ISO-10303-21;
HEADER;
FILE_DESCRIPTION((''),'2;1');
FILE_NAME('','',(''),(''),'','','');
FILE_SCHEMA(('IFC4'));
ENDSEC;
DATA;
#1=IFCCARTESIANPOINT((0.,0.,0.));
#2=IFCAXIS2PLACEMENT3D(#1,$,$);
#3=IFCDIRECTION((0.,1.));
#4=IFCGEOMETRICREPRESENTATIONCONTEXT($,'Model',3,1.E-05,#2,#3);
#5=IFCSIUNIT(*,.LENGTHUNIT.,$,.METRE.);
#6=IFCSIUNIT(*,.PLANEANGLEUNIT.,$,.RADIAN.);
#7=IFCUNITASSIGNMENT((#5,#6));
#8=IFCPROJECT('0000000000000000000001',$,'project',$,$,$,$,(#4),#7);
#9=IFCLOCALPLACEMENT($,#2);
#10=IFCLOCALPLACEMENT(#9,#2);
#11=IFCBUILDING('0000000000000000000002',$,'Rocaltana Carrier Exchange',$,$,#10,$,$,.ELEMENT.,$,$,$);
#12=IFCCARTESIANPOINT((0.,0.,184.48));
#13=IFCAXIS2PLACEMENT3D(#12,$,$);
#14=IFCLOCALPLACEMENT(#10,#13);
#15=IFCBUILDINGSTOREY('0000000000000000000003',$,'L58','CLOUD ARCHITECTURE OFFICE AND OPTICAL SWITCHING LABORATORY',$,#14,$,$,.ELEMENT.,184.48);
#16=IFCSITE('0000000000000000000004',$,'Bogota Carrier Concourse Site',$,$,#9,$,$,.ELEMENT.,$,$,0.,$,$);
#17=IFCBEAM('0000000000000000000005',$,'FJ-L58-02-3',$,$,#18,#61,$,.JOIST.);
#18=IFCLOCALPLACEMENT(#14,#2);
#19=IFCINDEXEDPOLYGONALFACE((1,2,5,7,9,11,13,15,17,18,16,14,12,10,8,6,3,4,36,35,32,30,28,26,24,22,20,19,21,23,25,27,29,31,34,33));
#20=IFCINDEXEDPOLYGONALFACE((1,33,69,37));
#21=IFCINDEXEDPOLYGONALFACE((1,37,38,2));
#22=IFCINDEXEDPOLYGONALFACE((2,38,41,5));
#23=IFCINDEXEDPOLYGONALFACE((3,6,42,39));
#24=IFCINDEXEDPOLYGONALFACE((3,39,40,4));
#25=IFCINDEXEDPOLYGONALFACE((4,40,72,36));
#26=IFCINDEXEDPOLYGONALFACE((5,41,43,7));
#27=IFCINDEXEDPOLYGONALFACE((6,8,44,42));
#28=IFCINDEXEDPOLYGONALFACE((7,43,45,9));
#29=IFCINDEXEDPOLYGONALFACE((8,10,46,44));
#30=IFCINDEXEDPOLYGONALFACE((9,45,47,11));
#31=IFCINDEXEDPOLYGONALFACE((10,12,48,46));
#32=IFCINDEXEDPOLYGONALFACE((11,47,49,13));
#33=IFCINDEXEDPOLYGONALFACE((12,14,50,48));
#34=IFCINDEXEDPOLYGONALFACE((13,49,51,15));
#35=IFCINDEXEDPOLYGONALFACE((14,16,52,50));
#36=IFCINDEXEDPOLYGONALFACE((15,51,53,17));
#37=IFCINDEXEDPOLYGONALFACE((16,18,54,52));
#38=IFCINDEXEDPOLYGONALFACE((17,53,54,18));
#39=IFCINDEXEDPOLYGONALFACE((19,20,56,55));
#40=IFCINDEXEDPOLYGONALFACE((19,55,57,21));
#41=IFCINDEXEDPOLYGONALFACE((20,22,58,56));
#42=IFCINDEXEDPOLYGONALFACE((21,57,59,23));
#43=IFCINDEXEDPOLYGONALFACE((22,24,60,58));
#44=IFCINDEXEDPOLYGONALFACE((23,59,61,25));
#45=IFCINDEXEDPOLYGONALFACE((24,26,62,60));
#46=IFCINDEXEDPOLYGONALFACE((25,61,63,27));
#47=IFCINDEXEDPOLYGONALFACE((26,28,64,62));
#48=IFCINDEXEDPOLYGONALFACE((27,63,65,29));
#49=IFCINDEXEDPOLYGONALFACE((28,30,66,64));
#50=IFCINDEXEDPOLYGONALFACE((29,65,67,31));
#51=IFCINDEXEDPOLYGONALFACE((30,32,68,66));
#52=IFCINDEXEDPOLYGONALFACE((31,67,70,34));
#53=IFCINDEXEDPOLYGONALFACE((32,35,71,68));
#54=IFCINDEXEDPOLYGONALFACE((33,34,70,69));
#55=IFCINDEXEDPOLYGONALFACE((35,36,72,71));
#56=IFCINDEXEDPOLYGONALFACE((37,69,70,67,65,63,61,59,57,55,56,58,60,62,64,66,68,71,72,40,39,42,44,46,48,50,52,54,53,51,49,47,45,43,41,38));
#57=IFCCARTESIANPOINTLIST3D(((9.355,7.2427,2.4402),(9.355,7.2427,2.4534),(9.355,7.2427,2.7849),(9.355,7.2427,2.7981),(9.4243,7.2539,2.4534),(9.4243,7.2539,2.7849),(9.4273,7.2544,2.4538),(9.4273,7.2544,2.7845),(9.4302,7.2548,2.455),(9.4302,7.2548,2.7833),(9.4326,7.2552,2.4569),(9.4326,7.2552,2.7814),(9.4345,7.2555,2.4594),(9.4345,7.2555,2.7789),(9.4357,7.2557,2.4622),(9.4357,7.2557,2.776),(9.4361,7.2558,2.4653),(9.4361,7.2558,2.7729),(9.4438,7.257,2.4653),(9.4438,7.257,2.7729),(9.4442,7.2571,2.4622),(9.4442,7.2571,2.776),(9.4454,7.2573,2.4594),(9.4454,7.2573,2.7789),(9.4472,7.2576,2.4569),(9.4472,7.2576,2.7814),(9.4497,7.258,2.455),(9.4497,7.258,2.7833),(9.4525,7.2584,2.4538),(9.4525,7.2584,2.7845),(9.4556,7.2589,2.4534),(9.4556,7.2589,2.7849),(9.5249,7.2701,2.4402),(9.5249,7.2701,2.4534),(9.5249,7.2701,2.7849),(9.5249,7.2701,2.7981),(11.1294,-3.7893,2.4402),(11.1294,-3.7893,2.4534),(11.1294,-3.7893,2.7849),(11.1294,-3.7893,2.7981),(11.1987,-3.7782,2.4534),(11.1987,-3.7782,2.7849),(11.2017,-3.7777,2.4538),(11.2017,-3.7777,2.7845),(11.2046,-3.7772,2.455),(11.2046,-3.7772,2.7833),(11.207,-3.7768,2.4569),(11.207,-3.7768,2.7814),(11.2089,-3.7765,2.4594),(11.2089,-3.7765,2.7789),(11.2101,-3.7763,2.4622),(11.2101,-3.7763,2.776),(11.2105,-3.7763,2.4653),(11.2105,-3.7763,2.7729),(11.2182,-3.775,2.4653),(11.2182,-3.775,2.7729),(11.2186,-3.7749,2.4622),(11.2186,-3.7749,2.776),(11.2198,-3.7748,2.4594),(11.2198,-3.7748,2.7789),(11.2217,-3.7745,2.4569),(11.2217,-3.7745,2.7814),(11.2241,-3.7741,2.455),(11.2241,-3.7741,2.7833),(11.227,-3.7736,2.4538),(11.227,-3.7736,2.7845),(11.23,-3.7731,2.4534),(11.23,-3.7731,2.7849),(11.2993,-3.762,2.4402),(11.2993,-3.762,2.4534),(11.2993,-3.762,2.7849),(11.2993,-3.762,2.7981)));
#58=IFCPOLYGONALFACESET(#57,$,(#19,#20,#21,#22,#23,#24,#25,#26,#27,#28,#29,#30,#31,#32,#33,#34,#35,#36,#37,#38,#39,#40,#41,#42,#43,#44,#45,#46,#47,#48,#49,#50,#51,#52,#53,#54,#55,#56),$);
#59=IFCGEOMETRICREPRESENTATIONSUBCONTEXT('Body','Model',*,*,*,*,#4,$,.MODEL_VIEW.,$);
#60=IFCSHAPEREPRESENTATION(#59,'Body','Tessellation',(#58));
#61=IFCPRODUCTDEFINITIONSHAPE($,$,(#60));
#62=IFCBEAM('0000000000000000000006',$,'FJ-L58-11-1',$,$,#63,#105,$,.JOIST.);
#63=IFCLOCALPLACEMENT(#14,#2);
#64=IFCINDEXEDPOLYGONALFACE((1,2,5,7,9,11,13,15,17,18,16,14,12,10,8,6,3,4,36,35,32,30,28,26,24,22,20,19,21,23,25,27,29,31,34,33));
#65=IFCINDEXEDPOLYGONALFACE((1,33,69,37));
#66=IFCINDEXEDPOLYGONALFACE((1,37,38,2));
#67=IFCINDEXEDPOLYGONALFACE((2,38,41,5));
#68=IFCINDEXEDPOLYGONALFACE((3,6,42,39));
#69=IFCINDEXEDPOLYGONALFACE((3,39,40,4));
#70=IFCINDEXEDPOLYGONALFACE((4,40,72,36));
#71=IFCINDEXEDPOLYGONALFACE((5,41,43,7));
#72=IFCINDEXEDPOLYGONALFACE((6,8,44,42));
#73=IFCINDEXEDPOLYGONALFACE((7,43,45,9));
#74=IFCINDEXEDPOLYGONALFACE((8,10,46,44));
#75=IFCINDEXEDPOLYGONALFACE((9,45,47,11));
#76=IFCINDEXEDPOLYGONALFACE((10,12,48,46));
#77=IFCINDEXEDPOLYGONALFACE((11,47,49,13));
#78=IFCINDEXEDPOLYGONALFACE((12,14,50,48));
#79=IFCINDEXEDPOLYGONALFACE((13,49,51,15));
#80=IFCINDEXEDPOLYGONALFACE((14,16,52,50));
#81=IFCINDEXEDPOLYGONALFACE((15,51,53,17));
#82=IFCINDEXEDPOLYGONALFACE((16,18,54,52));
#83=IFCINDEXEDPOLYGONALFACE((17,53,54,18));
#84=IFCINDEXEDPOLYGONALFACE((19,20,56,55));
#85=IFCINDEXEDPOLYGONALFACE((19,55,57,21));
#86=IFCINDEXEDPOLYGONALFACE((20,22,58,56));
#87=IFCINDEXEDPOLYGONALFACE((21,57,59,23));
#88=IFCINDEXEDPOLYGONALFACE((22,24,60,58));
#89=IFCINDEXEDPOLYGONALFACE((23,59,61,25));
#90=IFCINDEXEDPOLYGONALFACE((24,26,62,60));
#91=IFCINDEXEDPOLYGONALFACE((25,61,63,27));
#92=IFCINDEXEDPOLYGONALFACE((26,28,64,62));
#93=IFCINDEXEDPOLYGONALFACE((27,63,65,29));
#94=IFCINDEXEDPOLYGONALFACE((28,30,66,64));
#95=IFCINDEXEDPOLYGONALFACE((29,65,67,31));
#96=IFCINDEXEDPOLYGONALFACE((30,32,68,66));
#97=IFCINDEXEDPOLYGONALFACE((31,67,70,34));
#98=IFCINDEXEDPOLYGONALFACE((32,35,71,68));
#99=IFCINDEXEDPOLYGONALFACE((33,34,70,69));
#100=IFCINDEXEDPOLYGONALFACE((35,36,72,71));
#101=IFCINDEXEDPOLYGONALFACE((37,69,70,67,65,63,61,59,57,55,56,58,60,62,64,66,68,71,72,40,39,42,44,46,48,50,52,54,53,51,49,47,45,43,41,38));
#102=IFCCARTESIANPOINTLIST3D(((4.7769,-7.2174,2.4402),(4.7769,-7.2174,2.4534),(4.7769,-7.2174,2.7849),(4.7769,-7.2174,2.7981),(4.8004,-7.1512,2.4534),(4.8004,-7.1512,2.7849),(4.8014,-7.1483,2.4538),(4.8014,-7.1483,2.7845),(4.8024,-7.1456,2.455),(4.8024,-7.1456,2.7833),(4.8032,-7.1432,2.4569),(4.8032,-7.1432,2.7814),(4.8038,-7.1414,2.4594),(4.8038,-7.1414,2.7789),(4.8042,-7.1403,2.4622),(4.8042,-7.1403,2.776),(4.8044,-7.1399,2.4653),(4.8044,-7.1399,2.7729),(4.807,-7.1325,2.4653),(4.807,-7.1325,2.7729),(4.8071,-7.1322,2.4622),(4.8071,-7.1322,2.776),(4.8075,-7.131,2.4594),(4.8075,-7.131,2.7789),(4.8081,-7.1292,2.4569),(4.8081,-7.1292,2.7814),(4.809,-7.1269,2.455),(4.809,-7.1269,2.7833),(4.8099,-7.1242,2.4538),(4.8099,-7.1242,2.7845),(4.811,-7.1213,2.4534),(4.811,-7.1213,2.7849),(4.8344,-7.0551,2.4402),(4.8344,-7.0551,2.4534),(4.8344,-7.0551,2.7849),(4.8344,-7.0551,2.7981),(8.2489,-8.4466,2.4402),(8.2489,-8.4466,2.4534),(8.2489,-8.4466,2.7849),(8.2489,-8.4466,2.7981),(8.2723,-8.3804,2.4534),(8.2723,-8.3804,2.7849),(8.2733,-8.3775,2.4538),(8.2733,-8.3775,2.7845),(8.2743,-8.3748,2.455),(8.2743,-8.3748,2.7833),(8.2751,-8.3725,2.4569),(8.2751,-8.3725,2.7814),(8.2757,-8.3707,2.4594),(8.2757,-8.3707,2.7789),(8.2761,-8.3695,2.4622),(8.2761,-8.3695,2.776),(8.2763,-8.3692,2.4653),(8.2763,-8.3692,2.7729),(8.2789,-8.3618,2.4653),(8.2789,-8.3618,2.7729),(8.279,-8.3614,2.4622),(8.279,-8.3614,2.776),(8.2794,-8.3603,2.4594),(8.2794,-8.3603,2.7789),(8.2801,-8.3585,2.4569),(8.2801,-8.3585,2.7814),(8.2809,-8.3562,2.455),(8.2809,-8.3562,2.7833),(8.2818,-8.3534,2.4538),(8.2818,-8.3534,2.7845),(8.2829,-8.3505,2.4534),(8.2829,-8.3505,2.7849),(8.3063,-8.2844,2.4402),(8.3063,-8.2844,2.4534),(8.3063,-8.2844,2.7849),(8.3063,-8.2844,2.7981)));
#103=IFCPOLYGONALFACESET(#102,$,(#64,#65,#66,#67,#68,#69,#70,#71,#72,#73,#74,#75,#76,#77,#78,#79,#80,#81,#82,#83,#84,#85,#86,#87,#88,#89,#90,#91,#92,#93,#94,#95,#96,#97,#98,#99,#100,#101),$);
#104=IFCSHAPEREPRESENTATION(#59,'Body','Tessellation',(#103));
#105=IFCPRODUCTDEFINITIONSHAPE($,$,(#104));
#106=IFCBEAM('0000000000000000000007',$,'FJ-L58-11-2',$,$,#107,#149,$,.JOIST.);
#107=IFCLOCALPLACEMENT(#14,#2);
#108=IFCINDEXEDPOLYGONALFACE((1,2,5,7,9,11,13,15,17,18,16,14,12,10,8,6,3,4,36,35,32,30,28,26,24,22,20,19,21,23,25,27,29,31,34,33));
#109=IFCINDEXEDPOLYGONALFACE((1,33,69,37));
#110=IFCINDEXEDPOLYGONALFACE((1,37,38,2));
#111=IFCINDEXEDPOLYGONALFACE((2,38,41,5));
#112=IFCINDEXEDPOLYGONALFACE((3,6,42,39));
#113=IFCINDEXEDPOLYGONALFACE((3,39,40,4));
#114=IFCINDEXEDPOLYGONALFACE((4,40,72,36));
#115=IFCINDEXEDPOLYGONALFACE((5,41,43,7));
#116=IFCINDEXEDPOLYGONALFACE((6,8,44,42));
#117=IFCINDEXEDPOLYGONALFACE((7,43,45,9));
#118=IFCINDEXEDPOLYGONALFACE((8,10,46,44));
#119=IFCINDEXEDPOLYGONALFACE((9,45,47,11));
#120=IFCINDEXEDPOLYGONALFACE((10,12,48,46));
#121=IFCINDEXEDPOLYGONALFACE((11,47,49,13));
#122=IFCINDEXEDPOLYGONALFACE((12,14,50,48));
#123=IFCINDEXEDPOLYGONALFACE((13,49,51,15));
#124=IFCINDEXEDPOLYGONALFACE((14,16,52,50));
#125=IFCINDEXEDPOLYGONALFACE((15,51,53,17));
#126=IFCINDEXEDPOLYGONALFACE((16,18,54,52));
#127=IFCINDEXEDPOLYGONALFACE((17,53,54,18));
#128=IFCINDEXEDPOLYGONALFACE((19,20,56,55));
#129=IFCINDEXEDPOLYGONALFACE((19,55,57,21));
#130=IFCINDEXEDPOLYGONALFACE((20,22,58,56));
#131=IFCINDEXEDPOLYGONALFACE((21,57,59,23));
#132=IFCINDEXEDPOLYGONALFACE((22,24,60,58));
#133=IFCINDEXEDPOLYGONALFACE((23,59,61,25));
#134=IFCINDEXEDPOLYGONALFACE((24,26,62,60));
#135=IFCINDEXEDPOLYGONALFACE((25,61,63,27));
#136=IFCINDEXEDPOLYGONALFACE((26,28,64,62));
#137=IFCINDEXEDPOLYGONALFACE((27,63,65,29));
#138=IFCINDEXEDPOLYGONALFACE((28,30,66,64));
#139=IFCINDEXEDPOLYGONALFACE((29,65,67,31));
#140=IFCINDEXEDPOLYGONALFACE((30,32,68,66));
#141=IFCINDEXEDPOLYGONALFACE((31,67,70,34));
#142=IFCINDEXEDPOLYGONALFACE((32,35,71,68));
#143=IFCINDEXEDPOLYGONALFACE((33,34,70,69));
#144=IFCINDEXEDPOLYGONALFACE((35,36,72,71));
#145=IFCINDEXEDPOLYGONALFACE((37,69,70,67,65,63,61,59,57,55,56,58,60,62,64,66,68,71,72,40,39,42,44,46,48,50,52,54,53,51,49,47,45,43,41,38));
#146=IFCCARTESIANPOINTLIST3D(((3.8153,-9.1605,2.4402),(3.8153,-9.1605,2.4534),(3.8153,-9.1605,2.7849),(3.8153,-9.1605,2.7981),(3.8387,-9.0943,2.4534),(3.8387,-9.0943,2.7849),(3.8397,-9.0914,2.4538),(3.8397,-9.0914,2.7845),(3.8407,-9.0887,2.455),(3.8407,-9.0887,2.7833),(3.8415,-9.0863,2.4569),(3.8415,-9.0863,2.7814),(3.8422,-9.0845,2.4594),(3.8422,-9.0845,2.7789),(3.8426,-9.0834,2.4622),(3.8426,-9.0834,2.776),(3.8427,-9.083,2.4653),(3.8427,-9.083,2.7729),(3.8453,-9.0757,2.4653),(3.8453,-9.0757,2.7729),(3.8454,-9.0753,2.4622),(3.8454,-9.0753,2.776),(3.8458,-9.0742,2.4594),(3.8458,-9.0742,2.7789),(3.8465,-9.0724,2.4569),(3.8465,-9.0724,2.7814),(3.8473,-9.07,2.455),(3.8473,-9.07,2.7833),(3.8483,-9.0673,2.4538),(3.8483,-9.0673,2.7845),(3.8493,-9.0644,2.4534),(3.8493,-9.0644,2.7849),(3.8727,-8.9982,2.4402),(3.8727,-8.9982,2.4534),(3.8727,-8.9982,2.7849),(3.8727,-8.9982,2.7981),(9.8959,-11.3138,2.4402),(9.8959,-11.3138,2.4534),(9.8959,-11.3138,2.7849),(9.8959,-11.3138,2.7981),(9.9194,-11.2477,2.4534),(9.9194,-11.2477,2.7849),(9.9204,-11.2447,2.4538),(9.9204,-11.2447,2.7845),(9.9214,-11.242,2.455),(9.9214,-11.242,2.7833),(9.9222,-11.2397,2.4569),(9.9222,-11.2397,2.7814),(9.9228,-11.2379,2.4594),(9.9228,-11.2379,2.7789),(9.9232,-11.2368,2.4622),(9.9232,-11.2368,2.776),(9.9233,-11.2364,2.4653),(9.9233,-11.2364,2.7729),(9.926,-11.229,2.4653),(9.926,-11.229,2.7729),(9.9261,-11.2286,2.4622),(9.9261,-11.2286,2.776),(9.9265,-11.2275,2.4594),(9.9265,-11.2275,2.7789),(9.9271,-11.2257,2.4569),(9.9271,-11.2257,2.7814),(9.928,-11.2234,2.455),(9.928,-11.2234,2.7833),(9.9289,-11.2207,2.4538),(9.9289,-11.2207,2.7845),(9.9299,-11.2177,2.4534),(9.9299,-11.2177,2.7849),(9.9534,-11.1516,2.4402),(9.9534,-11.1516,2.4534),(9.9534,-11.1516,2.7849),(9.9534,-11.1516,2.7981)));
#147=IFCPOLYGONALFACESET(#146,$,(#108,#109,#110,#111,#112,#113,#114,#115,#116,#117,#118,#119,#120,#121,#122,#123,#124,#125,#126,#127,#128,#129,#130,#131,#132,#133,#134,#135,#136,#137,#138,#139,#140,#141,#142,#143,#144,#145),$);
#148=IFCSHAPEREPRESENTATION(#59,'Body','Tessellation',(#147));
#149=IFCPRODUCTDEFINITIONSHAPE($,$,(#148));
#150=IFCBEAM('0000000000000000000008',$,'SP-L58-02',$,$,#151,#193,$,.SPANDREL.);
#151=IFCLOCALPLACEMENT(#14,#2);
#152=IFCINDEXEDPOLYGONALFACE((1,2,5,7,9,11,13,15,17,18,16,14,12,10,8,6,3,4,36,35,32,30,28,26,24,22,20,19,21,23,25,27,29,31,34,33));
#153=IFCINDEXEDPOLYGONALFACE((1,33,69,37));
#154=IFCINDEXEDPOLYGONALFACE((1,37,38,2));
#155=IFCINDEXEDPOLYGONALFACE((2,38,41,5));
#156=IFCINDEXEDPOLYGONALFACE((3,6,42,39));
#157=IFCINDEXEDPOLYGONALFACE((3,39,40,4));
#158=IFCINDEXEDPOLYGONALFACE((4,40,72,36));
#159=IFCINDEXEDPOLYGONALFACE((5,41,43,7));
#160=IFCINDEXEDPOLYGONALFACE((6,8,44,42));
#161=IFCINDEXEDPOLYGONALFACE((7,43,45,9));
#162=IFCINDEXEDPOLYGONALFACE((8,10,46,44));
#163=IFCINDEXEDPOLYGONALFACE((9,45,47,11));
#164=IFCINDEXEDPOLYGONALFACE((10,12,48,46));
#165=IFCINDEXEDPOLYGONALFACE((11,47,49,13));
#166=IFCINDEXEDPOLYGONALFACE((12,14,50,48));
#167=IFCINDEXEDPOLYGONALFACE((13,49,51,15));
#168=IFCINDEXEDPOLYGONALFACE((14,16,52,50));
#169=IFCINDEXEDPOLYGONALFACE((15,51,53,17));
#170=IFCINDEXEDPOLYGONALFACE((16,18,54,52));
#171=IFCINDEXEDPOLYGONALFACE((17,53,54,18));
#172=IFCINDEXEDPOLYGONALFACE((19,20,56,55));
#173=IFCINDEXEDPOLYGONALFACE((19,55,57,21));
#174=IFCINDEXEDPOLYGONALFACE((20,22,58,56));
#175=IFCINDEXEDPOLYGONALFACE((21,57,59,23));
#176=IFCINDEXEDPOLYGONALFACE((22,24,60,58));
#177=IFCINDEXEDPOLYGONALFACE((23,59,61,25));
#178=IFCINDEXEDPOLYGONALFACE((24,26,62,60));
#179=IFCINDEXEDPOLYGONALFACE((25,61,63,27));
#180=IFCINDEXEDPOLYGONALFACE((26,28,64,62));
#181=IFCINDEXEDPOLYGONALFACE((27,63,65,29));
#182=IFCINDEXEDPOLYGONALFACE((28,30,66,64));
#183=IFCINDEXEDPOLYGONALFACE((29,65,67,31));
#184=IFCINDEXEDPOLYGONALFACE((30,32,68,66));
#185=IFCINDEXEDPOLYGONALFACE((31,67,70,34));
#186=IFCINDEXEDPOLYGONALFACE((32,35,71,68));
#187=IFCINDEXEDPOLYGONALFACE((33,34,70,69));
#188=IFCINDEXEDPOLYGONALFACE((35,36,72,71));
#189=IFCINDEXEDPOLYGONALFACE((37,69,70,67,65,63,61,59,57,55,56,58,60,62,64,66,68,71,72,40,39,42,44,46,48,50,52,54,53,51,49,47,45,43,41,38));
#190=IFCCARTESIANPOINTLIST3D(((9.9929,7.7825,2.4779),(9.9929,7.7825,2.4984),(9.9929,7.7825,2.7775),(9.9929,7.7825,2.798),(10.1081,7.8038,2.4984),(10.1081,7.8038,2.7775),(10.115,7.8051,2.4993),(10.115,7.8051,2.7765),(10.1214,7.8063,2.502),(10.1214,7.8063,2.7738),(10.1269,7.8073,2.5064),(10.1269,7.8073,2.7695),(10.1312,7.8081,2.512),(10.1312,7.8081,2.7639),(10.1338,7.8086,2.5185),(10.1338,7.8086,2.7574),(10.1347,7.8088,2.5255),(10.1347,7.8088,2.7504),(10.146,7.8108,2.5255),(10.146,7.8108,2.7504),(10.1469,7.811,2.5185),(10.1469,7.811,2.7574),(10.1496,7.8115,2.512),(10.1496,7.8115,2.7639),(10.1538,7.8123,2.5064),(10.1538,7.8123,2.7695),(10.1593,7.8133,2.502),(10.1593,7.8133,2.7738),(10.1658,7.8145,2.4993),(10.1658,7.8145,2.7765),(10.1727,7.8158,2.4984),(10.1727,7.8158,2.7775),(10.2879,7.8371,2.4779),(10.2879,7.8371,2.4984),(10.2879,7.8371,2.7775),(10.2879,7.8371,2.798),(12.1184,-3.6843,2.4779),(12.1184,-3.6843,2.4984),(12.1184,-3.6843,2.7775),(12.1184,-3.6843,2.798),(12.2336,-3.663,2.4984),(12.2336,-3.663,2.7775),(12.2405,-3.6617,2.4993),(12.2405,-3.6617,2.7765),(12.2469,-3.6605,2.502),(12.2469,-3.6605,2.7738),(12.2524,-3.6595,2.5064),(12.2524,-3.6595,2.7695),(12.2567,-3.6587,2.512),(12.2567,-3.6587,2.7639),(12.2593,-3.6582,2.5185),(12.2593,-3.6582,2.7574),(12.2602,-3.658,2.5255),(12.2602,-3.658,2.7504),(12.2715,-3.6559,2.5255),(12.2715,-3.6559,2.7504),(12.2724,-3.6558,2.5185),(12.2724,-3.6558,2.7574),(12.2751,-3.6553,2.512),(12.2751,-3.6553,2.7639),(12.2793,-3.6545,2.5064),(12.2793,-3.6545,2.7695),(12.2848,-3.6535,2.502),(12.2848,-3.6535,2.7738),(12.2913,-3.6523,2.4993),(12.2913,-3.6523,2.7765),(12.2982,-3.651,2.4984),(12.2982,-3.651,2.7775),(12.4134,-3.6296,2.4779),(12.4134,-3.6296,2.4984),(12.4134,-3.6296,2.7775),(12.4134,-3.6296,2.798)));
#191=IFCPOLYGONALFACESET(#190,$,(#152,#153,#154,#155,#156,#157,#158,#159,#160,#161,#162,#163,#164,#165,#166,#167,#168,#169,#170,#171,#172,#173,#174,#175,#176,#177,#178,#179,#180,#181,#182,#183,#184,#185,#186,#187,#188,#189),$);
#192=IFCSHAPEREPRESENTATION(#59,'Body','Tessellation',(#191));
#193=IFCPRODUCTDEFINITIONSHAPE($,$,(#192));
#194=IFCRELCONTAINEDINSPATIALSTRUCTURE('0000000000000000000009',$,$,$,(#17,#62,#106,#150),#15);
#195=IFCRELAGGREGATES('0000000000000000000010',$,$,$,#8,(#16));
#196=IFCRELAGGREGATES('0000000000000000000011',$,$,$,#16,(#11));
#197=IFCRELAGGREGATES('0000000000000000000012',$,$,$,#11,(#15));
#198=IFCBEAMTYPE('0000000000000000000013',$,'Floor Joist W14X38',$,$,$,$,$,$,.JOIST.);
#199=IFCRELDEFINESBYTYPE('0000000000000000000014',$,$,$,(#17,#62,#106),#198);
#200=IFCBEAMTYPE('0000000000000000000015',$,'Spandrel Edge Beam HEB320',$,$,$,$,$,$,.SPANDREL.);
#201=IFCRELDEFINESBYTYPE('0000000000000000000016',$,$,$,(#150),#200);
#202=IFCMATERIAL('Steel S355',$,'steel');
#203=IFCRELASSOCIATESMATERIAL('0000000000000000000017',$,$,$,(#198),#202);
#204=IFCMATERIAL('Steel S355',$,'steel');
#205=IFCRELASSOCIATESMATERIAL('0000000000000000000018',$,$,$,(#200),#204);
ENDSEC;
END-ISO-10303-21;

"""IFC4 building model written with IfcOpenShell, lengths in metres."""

from ifc_helpers import new_model, si_unit, direction, frame, origin, origin_2d, place, context, subcontext, project, spatial, i_section, extrude, material, material_profile, profile_set, type_object, element, save


model = new_model("IFC4")

# Units and contexts
model_context = context("Model", 3, precision=1e-05, world=origin(), true_north=direction((0.0, 1.0)))
body_context = subcontext(model_context, "Body", "Model", "MODEL_VIEW")
ifc_project = project(units=[si_unit("LENGTHUNIT", "METRE"), si_unit("PLANEANGLEUNIT", "RADIAN")], contexts=[model_context])

# Site, building, storey
site_placement = place(None, origin())
site = spatial("IfcSite", under=ifc_project, at=site_placement, Name="Bogota Carrier Concourse Site", CompositionType="ELEMENT", RefElevation=0.0)
building_placement = place(site_placement, origin())
building = spatial("IfcBuilding", under=site, at=building_placement, Name="Rocaltana Carrier Exchange", CompositionType="ELEMENT")
storey_placement = place(building_placement, frame((0.0, 0.0, 184.48)))
storey = spatial("IfcBuildingStorey", under=building, at=storey_placement, Name="L58", Description="CLOUD ARCHITECTURE OFFICE AND OPTICAL SWITCHING LABORATORY", CompositionType="ELEMENT", Elevation=184.48)

# Beams
ifc_material_1 = material(Name="Steel S355", Category="steel")
ifc_material_profile_1 = material_profile(ifc_material_1, i_section(OverallWidth=0.1721, OverallDepth=0.3579, WebThickness=0.0078, FlangeThickness=0.0132, FilletRadius=0.012, at=origin_2d()), Name="W14X38")
ifc_profile_set_1 = profile_set([ifc_material_profile_1], Name="Steel S355")
beam_type_1 = type_object("IfcBeamType", Name="Floor Joist W14X38", PredefinedType="JOIST", material=ifc_profile_set_1)
beam_1_placement = place(storey_placement, frame((11.2144, -3.7756, 2.6191), z_axis=(-0.158802, 0.98731, 0.0), x_axis=(-0.98731, -0.158802, 0.0)))
element("IfcBeam", 1, at=beam_1_placement, inside=storey, type_object=beam_type_1, Name="FJ-L58-02-3", PredefinedType="JOIST", context=body_context, shape_type="SweptSolid", body=[
    extrude(i_section(OverallWidth=0.1721, OverallDepth=0.3579, WebThickness=0.0078, FlangeThickness=0.0132, FilletRadius=0.012, at=origin_2d()), origin(), (0.0, 0.0, 1.0), 11.1738),
])
beam_2_placement = place(storey_placement, frame((4.8057, -7.1362, 2.6191), z_axis=(0.942661, -0.333753, 0.0), x_axis=(0.333753, 0.942661, 0.0)))
element("IfcBeam", 2, at=beam_2_placement, inside=storey, type_object=beam_type_1, Name="FJ-L58-11-1", PredefinedType="JOIST", context=body_context, shape_type="SweptSolid", body=[
    extrude(i_section(OverallWidth=0.1721, OverallDepth=0.3579, WebThickness=0.0078, FlangeThickness=0.0132, FilletRadius=0.012, at=origin_2d()), origin(), (0.0, 0.0, 1.0), 3.6831),
])
beam_3_placement = place(storey_placement, frame((3.844, -9.0793, 2.6191), z_axis=(0.942638, -0.333818, 0.0), x_axis=(0.333818, 0.942638, 0.0)))
element("IfcBeam", 3, at=beam_3_placement, inside=storey, type_object=beam_type_1, Name="FJ-L58-11-2", PredefinedType="JOIST", context=body_context, shape_type="SweptSolid", body=[
    extrude(i_section(OverallWidth=0.1721, OverallDepth=0.3579, WebThickness=0.0078, FlangeThickness=0.0132, FilletRadius=0.012, at=origin_2d()), origin(), (0.0, 0.0, 1.0), 6.4507),
])
ifc_material_2 = material(Name="Steel S355", Category="steel")
ifc_material_profile_2 = material_profile(ifc_material_2, i_section(OverallWidth=0.3, OverallDepth=0.3201, WebThickness=0.0115, FlangeThickness=0.0205, FilletRadius=0.0271, at=origin_2d()), Name="HEB320")
ifc_profile_set_2 = profile_set([ifc_material_profile_2], Name="Steel S355")
beam_type_2 = type_object("IfcBeamType", Name="Spandrel Edge Beam HEB320", PredefinedType="SPANDREL", material=ifc_profile_set_2)
beam_4_placement = place(storey_placement, frame((12.2659, -3.657, 2.6379), z_axis=(-0.182256, 0.983251, 0.0), x_axis=(-0.983251, -0.182256, 0.0)))
element("IfcBeam", 4, at=beam_4_placement, inside=storey, type_object=beam_type_2, Name="SP-L58-02", PredefinedType="SPANDREL", context=body_context, shape_type="SweptSolid", body=[
    extrude(i_section(OverallWidth=0.3, OverallDepth=0.3201, WebThickness=0.0115, FlangeThickness=0.0205, FilletRadius=0.0271, at=origin_2d()), origin(), (0.0, 0.0, 1.0), 11.6621),
])

save(model, "model.ifc")
